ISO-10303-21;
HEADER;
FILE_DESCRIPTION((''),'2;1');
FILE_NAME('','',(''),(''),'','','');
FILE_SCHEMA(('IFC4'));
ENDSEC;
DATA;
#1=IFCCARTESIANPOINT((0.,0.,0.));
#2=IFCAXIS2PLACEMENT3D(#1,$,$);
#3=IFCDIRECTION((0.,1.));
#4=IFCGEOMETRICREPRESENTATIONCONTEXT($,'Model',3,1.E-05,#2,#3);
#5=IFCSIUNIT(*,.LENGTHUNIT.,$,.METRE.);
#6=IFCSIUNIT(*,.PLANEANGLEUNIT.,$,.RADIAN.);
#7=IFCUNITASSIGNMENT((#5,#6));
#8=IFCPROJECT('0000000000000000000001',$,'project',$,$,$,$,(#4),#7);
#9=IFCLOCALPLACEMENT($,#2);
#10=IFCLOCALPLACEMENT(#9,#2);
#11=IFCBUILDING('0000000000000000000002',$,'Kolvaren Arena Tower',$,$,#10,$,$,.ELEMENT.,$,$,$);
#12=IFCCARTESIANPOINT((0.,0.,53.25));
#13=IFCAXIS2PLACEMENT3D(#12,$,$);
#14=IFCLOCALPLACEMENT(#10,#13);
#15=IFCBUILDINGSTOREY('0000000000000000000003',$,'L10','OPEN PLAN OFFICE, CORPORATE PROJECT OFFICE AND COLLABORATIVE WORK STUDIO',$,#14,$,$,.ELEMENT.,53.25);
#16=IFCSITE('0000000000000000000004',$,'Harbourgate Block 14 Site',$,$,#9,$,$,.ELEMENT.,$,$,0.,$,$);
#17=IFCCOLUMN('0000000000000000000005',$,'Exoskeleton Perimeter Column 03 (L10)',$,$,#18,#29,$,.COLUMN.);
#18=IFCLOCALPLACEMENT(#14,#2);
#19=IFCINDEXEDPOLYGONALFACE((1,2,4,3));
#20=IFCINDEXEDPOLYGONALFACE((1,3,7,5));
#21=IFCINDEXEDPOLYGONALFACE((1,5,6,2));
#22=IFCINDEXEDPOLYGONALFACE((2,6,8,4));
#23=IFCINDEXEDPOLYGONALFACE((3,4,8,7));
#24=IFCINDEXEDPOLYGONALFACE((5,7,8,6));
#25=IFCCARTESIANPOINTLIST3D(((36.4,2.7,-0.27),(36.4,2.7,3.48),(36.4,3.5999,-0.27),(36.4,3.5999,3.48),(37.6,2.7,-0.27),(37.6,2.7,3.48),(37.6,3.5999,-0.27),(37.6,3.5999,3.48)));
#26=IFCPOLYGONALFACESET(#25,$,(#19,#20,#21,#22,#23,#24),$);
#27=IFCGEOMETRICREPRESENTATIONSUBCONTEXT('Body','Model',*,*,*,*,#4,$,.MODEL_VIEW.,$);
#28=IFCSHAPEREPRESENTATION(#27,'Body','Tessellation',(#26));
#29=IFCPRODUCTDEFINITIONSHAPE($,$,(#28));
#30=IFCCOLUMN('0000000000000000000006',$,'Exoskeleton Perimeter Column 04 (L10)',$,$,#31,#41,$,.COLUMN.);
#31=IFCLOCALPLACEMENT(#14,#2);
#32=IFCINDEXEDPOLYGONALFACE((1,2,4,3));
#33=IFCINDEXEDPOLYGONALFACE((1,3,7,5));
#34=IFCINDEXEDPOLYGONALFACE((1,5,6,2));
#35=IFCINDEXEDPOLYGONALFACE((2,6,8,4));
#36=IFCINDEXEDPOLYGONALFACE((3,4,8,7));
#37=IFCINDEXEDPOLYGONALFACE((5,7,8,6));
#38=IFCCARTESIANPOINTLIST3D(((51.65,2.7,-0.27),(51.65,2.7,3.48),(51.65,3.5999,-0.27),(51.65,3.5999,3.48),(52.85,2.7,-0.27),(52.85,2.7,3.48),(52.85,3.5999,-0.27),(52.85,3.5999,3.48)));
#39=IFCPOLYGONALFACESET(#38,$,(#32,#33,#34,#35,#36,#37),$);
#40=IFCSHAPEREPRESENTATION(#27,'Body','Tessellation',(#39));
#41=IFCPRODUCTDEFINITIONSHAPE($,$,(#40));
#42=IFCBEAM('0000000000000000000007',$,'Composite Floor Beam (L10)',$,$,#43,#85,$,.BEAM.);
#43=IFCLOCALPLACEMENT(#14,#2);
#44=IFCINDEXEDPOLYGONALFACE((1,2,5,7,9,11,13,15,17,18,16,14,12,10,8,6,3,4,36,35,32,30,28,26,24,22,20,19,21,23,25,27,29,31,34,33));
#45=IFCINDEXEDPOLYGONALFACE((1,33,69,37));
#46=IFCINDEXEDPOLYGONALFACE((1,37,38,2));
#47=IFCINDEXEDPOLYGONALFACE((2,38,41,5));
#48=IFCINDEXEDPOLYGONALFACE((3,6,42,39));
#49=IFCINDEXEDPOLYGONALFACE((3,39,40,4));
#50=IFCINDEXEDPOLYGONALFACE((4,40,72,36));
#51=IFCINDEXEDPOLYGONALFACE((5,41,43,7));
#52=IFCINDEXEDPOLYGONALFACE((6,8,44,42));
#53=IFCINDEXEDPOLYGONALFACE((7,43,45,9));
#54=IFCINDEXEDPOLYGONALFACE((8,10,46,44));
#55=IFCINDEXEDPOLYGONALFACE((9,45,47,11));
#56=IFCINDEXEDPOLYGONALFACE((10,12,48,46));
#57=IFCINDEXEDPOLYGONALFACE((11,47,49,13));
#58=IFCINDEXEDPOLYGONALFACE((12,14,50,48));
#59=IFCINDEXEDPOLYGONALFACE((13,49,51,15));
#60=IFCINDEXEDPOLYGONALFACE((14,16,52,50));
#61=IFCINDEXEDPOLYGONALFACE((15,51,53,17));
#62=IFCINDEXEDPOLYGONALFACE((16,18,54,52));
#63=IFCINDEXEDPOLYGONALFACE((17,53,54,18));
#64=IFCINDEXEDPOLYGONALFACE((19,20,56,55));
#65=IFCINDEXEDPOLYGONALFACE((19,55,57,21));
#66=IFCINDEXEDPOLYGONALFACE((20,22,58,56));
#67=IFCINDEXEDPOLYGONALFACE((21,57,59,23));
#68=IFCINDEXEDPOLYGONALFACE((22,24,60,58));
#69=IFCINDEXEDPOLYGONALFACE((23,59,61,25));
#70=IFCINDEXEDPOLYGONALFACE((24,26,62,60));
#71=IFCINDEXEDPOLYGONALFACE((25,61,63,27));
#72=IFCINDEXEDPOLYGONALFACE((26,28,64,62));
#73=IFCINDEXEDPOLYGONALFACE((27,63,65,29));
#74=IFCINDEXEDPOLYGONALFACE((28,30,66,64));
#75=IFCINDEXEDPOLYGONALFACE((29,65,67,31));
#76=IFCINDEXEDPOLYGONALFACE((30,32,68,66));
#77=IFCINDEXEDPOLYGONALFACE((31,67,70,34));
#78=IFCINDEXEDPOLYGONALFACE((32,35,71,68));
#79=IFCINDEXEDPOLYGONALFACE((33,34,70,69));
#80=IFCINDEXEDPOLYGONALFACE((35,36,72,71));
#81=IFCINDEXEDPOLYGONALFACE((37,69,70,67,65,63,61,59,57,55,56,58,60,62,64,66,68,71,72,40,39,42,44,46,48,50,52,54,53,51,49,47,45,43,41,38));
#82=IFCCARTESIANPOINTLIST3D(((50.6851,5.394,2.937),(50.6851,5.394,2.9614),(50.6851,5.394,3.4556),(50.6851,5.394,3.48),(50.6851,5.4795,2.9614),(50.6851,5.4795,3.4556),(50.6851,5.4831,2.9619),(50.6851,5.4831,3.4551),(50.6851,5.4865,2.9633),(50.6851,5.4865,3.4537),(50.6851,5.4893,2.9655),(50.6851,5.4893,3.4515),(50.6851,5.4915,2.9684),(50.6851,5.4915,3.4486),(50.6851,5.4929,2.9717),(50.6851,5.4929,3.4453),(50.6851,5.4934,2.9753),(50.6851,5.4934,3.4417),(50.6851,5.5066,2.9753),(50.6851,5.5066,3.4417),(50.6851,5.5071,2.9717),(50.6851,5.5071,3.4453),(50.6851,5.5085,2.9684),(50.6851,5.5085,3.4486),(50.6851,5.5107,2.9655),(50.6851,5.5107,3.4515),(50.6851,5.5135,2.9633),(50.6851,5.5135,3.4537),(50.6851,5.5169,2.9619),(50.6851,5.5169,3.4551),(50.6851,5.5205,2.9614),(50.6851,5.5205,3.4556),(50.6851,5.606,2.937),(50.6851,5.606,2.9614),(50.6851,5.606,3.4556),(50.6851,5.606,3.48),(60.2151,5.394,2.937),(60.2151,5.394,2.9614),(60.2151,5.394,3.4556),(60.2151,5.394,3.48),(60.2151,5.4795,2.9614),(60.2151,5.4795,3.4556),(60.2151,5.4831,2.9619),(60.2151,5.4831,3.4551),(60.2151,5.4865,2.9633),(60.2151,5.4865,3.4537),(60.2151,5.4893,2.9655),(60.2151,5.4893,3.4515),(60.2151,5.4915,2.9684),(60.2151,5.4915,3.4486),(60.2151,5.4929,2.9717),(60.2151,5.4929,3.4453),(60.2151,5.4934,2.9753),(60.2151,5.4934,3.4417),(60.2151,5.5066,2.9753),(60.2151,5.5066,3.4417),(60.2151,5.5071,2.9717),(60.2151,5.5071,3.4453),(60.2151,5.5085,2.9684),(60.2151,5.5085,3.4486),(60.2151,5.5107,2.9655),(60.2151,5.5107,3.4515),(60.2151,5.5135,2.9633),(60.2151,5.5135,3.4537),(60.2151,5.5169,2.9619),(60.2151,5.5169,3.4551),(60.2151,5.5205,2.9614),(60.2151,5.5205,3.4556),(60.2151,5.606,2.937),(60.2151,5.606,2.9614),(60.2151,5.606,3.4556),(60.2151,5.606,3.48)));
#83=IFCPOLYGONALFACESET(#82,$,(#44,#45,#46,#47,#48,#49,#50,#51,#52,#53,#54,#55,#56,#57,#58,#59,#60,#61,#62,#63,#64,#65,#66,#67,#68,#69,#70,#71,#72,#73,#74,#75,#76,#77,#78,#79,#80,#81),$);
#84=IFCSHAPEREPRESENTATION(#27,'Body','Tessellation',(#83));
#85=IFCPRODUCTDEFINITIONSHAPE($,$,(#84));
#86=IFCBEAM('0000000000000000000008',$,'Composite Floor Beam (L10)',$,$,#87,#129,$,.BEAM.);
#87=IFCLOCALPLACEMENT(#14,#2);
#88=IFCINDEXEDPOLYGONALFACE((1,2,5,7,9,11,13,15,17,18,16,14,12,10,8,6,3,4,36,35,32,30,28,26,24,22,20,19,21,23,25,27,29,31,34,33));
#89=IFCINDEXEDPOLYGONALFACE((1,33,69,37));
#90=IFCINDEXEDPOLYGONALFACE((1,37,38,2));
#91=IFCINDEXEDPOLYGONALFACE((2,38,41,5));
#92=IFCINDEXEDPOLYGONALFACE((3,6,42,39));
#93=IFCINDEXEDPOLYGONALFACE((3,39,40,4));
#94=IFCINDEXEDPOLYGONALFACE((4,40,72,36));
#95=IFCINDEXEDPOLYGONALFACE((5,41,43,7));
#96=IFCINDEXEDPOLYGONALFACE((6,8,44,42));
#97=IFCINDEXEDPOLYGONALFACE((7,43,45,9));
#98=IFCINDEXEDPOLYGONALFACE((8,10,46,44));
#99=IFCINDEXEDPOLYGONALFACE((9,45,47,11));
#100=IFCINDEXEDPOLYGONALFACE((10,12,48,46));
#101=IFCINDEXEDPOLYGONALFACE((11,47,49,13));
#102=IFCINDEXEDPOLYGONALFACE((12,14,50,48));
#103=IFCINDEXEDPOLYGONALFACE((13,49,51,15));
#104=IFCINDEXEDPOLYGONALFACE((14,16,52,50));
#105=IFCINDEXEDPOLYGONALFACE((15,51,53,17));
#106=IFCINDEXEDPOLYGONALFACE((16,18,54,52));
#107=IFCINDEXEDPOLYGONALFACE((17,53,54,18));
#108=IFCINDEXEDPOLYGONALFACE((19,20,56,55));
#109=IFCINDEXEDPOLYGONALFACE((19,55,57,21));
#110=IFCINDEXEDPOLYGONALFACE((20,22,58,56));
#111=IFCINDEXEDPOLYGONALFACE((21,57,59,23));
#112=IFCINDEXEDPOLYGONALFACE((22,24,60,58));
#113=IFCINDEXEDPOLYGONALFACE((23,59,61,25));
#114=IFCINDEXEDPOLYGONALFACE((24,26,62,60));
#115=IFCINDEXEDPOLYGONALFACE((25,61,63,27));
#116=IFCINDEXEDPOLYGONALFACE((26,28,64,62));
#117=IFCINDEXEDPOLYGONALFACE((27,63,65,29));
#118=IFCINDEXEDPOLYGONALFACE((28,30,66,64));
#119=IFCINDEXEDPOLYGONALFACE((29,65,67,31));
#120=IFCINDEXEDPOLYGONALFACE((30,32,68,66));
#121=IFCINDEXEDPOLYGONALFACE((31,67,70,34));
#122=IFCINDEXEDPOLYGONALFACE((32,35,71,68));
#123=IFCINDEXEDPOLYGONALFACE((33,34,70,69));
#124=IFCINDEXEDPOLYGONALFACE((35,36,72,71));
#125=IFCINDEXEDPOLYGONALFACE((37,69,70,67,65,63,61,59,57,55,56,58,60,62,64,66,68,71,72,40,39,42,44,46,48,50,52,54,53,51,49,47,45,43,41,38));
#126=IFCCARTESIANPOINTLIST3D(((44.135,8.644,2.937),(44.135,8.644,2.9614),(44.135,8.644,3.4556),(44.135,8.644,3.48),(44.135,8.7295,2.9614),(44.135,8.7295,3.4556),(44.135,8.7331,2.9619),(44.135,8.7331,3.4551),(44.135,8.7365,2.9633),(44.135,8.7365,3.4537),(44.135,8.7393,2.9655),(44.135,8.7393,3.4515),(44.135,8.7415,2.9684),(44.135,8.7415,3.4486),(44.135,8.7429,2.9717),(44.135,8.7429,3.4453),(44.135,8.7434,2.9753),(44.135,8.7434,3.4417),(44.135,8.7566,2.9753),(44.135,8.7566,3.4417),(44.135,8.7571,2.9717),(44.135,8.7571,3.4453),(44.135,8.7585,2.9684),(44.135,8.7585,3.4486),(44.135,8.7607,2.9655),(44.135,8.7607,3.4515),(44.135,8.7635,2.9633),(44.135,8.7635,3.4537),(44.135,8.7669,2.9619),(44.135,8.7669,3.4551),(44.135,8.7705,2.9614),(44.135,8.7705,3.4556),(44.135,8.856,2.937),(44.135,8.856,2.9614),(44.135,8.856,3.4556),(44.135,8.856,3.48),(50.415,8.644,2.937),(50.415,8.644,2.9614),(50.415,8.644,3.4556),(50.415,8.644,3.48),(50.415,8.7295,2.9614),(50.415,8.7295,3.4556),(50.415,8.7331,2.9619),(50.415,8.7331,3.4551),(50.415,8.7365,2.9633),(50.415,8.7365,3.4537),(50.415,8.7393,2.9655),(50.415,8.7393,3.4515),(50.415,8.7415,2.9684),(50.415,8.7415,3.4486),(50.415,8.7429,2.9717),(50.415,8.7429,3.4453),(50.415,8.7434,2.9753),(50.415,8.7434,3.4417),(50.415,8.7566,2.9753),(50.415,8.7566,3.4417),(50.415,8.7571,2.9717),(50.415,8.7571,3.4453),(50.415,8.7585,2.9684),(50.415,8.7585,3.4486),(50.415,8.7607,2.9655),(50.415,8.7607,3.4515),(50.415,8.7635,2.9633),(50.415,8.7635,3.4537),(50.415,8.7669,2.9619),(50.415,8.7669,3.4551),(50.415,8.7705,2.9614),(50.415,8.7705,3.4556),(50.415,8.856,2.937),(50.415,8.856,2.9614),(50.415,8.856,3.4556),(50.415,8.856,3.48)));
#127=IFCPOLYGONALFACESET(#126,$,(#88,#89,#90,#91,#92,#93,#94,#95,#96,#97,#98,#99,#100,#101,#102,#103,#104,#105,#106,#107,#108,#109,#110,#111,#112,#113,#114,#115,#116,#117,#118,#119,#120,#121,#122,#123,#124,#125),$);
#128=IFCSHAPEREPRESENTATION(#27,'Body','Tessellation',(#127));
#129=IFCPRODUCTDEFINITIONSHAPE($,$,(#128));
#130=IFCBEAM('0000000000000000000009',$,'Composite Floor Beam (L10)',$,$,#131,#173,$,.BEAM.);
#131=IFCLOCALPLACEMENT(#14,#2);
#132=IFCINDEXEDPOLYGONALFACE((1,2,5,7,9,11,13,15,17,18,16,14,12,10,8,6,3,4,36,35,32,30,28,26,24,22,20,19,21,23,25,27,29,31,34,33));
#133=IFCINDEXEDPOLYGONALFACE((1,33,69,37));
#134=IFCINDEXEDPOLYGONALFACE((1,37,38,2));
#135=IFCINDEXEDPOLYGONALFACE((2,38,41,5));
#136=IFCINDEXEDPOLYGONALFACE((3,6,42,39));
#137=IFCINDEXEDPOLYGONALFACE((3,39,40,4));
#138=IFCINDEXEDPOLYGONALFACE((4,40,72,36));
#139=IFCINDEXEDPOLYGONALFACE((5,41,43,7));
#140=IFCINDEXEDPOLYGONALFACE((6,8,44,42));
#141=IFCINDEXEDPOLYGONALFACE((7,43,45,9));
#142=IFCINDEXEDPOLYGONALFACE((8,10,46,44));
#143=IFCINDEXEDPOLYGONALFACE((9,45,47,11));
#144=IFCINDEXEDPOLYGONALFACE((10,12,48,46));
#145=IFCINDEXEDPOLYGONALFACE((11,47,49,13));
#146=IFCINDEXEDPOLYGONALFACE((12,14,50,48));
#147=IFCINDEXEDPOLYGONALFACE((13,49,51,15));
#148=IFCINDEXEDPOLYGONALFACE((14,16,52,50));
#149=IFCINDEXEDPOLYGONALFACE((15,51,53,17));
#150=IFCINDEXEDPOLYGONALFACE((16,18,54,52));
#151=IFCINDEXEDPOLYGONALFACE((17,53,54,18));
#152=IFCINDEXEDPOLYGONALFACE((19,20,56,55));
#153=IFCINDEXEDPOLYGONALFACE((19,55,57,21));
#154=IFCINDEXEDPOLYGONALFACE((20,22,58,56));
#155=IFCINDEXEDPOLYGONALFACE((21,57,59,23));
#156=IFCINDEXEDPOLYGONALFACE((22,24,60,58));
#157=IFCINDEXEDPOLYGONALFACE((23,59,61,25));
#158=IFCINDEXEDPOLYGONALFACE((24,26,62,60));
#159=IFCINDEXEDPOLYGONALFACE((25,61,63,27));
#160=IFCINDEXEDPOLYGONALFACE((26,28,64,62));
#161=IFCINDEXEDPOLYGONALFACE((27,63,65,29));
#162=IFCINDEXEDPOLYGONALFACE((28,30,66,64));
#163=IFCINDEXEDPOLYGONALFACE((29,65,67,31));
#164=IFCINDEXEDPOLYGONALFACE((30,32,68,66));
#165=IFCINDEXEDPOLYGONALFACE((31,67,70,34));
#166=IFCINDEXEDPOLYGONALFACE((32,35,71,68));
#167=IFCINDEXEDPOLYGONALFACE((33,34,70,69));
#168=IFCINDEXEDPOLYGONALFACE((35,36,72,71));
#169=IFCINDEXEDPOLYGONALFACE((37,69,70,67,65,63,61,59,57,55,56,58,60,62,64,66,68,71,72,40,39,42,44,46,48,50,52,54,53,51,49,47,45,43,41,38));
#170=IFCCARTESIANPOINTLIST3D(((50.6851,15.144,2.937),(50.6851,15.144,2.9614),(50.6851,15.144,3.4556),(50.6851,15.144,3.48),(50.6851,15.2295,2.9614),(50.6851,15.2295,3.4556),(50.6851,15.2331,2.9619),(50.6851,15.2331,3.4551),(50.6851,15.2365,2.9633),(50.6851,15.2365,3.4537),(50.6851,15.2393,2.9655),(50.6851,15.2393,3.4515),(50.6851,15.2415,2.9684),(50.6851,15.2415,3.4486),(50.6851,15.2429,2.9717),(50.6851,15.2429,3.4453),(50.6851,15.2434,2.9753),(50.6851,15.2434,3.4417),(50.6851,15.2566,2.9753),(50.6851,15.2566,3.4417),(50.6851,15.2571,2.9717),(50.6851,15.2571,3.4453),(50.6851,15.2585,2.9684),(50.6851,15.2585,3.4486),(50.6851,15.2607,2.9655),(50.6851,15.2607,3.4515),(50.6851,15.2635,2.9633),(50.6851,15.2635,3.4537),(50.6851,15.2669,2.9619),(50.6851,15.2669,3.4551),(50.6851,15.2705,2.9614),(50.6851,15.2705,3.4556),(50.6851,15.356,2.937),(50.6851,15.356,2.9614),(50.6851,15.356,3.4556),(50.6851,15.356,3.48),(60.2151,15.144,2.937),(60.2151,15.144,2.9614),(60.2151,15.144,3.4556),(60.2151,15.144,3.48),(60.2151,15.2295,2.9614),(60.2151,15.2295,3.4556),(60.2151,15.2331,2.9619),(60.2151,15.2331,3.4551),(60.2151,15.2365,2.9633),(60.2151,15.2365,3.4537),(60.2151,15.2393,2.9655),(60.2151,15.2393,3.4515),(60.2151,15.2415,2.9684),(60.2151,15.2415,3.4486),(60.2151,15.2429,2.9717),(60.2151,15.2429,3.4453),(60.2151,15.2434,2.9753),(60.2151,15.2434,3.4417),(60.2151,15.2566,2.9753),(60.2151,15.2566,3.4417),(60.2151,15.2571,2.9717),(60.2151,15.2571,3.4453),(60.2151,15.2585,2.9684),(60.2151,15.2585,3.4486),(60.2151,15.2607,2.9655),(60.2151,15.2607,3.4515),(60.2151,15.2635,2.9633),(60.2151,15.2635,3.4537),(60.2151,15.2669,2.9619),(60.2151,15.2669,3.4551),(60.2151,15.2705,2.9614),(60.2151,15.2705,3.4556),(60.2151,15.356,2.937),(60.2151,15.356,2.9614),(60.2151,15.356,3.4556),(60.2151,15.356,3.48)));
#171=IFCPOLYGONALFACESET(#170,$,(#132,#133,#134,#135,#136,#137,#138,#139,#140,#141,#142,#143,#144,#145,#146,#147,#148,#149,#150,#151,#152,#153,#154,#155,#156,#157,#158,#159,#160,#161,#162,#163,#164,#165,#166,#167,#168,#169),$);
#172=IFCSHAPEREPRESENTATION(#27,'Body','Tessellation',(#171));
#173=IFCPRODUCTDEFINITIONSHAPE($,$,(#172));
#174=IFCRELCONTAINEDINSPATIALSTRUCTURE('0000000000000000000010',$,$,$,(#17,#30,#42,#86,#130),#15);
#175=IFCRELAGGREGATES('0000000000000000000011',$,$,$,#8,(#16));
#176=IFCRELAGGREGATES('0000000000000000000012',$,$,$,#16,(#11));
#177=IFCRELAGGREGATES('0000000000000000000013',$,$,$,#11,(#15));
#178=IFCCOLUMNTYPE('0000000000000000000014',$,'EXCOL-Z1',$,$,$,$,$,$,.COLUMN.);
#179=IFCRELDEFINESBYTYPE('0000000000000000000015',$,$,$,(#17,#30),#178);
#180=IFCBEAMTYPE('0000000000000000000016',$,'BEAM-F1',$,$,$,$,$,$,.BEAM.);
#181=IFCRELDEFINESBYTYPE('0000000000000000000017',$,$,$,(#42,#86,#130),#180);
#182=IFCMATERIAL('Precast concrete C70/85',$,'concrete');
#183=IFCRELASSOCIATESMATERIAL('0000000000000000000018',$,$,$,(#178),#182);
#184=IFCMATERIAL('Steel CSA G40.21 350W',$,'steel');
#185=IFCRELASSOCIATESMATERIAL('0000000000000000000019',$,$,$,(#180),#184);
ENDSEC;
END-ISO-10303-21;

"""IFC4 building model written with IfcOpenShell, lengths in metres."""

from ifc_helpers import new_model, si_unit, direction, frame, origin, origin_2d, place, context, subcontext, project, spatial, rectangle, i_section, extrude, material, material_profile, profile_set, type_object, element, save


model = new_model("IFC4")

# Units and contexts
model_context = context("Model", 3, precision=1e-05, world=origin(), true_north=direction((0.0, 1.0)))
body_context = subcontext(model_context, "Body", "Model", "MODEL_VIEW")
ifc_project = project(units=[si_unit("LENGTHUNIT", "METRE"), si_unit("PLANEANGLEUNIT", "RADIAN")], contexts=[model_context])

# Site, building, storey
site_placement = place(None, origin())
site = spatial("IfcSite", under=ifc_project, at=site_placement, Name="Harbourgate Block 14 Site", CompositionType="ELEMENT", RefElevation=0.0)
building_placement = place(site_placement, origin())
building = spatial("IfcBuilding", under=site, at=building_placement, Name="Kolvaren Arena Tower", CompositionType="ELEMENT")
storey_placement = place(building_placement, frame((0.0, 0.0, 53.25)))
storey = spatial("IfcBuildingStorey", under=building, at=storey_placement, Name="L10", Description="OPEN PLAN OFFICE, CORPORATE PROJECT OFFICE AND COLLABORATIVE WORK STUDIO", CompositionType="ELEMENT", Elevation=53.25)

# Columns
ifc_material_1 = material(Name="Precast concrete C70/85", Category="concrete")
ifc_material_profile_1 = material_profile(ifc_material_1, rectangle(XDim=1.2, YDim=0.8999, at=origin_2d()), Name="RC-1200x900")
ifc_profile_set_1 = profile_set([ifc_material_profile_1], Name="Precast concrete C70/85")
column_type = type_object("IfcColumnType", Name="EXCOL-Z1", PredefinedType="COLUMN", material=ifc_profile_set_1)
for number, where, z_axis, x_axis, name in (
    (1, (37.0, 3.1499, -0.27), (0.0, 0.0, 1.0), (1.0, 0.0, 0.0), "Exoskeleton Perimeter Column 03 (L10)"),
    (2, (52.25, 3.1499, -0.27), (0.0, 0.0, 1.0), (1.0, 0.0, 0.0), "Exoskeleton Perimeter Column 04 (L10)"),
):
    element("IfcColumn", number, at=place(storey_placement, frame(where, z_axis=z_axis, x_axis=x_axis)), inside=storey, type_object=column_type, Name=name, PredefinedType="COLUMN", context=body_context, shape_type="SweptSolid", body=[
        extrude(rectangle(XDim=1.2, YDim=0.8999, at=origin_2d()), origin(), (0.0, 0.0, 1.0), 3.75),
    ])

# Beams
ifc_material_2 = material(Name="Steel CSA G40.21 350W", Category="steel")
ifc_material_profile_2 = material_profile(ifc_material_2, i_section(OverallWidth=0.2119, OverallDepth=0.543, WebThickness=0.0132, FlangeThickness=0.0244, FilletRadius=0.0139, at=origin_2d()), Name="W530x150")
ifc_profile_set_2 = profile_set([ifc_material_profile_2], Name="Steel CSA G40.21 350W")
beam_type_1 = type_object("IfcBeamType", Name="BEAM-F1", PredefinedType="BEAM", material=ifc_profile_set_2)
beam_1_placement = place(storey_placement, frame((50.6851, 5.5, 3.2085), z_axis=(1.0, 0.0, 0.0), x_axis=(0.0, 1.0, 0.0)))
element("IfcBeam", 3, at=beam_1_placement, inside=storey, type_object=beam_type_1, Name="Composite Floor Beam (L10)", PredefinedType="BEAM", context=body_context, shape_type="SweptSolid", body=[
    extrude(i_section(OverallWidth=0.2119, OverallDepth=0.543, WebThickness=0.0132, FlangeThickness=0.0244, FilletRadius=0.0139, at=origin_2d()), origin(), (0.0, 0.0, 1.0), 9.53),
])
beam_2_placement = place(storey_placement, frame((44.135, 8.75, 3.2085), z_axis=(1.0, 0.0, 0.0), x_axis=(0.0, 1.0, 0.0)))
element("IfcBeam", 4, at=beam_2_placement, inside=storey, type_object=beam_type_1, Name="Composite Floor Beam (L10)", PredefinedType="BEAM", context=body_context, shape_type="SweptSolid", body=[
    extrude(i_section(OverallWidth=0.2119, OverallDepth=0.543, WebThickness=0.0132, FlangeThickness=0.0244, FilletRadius=0.0139, at=origin_2d()), origin(), (0.0, 0.0, 1.0), 6.28),
])
beam_3_placement = place(storey_placement, frame((50.6851, 15.25, 3.2085), z_axis=(1.0, 0.0, 0.0), x_axis=(0.0, 1.0, 0.0)))
element("IfcBeam", 5, at=beam_3_placement, inside=storey, type_object=beam_type_1, Name="Composite Floor Beam (L10)", PredefinedType="BEAM", context=body_context, shape_type="SweptSolid", body=[
    extrude(i_section(OverallWidth=0.2119, OverallDepth=0.543, WebThickness=0.0132, FlangeThickness=0.0244, FilletRadius=0.0139, at=origin_2d()), origin(), (0.0, 0.0, 1.0), 9.53),
])

save(model, "model.ifc")
